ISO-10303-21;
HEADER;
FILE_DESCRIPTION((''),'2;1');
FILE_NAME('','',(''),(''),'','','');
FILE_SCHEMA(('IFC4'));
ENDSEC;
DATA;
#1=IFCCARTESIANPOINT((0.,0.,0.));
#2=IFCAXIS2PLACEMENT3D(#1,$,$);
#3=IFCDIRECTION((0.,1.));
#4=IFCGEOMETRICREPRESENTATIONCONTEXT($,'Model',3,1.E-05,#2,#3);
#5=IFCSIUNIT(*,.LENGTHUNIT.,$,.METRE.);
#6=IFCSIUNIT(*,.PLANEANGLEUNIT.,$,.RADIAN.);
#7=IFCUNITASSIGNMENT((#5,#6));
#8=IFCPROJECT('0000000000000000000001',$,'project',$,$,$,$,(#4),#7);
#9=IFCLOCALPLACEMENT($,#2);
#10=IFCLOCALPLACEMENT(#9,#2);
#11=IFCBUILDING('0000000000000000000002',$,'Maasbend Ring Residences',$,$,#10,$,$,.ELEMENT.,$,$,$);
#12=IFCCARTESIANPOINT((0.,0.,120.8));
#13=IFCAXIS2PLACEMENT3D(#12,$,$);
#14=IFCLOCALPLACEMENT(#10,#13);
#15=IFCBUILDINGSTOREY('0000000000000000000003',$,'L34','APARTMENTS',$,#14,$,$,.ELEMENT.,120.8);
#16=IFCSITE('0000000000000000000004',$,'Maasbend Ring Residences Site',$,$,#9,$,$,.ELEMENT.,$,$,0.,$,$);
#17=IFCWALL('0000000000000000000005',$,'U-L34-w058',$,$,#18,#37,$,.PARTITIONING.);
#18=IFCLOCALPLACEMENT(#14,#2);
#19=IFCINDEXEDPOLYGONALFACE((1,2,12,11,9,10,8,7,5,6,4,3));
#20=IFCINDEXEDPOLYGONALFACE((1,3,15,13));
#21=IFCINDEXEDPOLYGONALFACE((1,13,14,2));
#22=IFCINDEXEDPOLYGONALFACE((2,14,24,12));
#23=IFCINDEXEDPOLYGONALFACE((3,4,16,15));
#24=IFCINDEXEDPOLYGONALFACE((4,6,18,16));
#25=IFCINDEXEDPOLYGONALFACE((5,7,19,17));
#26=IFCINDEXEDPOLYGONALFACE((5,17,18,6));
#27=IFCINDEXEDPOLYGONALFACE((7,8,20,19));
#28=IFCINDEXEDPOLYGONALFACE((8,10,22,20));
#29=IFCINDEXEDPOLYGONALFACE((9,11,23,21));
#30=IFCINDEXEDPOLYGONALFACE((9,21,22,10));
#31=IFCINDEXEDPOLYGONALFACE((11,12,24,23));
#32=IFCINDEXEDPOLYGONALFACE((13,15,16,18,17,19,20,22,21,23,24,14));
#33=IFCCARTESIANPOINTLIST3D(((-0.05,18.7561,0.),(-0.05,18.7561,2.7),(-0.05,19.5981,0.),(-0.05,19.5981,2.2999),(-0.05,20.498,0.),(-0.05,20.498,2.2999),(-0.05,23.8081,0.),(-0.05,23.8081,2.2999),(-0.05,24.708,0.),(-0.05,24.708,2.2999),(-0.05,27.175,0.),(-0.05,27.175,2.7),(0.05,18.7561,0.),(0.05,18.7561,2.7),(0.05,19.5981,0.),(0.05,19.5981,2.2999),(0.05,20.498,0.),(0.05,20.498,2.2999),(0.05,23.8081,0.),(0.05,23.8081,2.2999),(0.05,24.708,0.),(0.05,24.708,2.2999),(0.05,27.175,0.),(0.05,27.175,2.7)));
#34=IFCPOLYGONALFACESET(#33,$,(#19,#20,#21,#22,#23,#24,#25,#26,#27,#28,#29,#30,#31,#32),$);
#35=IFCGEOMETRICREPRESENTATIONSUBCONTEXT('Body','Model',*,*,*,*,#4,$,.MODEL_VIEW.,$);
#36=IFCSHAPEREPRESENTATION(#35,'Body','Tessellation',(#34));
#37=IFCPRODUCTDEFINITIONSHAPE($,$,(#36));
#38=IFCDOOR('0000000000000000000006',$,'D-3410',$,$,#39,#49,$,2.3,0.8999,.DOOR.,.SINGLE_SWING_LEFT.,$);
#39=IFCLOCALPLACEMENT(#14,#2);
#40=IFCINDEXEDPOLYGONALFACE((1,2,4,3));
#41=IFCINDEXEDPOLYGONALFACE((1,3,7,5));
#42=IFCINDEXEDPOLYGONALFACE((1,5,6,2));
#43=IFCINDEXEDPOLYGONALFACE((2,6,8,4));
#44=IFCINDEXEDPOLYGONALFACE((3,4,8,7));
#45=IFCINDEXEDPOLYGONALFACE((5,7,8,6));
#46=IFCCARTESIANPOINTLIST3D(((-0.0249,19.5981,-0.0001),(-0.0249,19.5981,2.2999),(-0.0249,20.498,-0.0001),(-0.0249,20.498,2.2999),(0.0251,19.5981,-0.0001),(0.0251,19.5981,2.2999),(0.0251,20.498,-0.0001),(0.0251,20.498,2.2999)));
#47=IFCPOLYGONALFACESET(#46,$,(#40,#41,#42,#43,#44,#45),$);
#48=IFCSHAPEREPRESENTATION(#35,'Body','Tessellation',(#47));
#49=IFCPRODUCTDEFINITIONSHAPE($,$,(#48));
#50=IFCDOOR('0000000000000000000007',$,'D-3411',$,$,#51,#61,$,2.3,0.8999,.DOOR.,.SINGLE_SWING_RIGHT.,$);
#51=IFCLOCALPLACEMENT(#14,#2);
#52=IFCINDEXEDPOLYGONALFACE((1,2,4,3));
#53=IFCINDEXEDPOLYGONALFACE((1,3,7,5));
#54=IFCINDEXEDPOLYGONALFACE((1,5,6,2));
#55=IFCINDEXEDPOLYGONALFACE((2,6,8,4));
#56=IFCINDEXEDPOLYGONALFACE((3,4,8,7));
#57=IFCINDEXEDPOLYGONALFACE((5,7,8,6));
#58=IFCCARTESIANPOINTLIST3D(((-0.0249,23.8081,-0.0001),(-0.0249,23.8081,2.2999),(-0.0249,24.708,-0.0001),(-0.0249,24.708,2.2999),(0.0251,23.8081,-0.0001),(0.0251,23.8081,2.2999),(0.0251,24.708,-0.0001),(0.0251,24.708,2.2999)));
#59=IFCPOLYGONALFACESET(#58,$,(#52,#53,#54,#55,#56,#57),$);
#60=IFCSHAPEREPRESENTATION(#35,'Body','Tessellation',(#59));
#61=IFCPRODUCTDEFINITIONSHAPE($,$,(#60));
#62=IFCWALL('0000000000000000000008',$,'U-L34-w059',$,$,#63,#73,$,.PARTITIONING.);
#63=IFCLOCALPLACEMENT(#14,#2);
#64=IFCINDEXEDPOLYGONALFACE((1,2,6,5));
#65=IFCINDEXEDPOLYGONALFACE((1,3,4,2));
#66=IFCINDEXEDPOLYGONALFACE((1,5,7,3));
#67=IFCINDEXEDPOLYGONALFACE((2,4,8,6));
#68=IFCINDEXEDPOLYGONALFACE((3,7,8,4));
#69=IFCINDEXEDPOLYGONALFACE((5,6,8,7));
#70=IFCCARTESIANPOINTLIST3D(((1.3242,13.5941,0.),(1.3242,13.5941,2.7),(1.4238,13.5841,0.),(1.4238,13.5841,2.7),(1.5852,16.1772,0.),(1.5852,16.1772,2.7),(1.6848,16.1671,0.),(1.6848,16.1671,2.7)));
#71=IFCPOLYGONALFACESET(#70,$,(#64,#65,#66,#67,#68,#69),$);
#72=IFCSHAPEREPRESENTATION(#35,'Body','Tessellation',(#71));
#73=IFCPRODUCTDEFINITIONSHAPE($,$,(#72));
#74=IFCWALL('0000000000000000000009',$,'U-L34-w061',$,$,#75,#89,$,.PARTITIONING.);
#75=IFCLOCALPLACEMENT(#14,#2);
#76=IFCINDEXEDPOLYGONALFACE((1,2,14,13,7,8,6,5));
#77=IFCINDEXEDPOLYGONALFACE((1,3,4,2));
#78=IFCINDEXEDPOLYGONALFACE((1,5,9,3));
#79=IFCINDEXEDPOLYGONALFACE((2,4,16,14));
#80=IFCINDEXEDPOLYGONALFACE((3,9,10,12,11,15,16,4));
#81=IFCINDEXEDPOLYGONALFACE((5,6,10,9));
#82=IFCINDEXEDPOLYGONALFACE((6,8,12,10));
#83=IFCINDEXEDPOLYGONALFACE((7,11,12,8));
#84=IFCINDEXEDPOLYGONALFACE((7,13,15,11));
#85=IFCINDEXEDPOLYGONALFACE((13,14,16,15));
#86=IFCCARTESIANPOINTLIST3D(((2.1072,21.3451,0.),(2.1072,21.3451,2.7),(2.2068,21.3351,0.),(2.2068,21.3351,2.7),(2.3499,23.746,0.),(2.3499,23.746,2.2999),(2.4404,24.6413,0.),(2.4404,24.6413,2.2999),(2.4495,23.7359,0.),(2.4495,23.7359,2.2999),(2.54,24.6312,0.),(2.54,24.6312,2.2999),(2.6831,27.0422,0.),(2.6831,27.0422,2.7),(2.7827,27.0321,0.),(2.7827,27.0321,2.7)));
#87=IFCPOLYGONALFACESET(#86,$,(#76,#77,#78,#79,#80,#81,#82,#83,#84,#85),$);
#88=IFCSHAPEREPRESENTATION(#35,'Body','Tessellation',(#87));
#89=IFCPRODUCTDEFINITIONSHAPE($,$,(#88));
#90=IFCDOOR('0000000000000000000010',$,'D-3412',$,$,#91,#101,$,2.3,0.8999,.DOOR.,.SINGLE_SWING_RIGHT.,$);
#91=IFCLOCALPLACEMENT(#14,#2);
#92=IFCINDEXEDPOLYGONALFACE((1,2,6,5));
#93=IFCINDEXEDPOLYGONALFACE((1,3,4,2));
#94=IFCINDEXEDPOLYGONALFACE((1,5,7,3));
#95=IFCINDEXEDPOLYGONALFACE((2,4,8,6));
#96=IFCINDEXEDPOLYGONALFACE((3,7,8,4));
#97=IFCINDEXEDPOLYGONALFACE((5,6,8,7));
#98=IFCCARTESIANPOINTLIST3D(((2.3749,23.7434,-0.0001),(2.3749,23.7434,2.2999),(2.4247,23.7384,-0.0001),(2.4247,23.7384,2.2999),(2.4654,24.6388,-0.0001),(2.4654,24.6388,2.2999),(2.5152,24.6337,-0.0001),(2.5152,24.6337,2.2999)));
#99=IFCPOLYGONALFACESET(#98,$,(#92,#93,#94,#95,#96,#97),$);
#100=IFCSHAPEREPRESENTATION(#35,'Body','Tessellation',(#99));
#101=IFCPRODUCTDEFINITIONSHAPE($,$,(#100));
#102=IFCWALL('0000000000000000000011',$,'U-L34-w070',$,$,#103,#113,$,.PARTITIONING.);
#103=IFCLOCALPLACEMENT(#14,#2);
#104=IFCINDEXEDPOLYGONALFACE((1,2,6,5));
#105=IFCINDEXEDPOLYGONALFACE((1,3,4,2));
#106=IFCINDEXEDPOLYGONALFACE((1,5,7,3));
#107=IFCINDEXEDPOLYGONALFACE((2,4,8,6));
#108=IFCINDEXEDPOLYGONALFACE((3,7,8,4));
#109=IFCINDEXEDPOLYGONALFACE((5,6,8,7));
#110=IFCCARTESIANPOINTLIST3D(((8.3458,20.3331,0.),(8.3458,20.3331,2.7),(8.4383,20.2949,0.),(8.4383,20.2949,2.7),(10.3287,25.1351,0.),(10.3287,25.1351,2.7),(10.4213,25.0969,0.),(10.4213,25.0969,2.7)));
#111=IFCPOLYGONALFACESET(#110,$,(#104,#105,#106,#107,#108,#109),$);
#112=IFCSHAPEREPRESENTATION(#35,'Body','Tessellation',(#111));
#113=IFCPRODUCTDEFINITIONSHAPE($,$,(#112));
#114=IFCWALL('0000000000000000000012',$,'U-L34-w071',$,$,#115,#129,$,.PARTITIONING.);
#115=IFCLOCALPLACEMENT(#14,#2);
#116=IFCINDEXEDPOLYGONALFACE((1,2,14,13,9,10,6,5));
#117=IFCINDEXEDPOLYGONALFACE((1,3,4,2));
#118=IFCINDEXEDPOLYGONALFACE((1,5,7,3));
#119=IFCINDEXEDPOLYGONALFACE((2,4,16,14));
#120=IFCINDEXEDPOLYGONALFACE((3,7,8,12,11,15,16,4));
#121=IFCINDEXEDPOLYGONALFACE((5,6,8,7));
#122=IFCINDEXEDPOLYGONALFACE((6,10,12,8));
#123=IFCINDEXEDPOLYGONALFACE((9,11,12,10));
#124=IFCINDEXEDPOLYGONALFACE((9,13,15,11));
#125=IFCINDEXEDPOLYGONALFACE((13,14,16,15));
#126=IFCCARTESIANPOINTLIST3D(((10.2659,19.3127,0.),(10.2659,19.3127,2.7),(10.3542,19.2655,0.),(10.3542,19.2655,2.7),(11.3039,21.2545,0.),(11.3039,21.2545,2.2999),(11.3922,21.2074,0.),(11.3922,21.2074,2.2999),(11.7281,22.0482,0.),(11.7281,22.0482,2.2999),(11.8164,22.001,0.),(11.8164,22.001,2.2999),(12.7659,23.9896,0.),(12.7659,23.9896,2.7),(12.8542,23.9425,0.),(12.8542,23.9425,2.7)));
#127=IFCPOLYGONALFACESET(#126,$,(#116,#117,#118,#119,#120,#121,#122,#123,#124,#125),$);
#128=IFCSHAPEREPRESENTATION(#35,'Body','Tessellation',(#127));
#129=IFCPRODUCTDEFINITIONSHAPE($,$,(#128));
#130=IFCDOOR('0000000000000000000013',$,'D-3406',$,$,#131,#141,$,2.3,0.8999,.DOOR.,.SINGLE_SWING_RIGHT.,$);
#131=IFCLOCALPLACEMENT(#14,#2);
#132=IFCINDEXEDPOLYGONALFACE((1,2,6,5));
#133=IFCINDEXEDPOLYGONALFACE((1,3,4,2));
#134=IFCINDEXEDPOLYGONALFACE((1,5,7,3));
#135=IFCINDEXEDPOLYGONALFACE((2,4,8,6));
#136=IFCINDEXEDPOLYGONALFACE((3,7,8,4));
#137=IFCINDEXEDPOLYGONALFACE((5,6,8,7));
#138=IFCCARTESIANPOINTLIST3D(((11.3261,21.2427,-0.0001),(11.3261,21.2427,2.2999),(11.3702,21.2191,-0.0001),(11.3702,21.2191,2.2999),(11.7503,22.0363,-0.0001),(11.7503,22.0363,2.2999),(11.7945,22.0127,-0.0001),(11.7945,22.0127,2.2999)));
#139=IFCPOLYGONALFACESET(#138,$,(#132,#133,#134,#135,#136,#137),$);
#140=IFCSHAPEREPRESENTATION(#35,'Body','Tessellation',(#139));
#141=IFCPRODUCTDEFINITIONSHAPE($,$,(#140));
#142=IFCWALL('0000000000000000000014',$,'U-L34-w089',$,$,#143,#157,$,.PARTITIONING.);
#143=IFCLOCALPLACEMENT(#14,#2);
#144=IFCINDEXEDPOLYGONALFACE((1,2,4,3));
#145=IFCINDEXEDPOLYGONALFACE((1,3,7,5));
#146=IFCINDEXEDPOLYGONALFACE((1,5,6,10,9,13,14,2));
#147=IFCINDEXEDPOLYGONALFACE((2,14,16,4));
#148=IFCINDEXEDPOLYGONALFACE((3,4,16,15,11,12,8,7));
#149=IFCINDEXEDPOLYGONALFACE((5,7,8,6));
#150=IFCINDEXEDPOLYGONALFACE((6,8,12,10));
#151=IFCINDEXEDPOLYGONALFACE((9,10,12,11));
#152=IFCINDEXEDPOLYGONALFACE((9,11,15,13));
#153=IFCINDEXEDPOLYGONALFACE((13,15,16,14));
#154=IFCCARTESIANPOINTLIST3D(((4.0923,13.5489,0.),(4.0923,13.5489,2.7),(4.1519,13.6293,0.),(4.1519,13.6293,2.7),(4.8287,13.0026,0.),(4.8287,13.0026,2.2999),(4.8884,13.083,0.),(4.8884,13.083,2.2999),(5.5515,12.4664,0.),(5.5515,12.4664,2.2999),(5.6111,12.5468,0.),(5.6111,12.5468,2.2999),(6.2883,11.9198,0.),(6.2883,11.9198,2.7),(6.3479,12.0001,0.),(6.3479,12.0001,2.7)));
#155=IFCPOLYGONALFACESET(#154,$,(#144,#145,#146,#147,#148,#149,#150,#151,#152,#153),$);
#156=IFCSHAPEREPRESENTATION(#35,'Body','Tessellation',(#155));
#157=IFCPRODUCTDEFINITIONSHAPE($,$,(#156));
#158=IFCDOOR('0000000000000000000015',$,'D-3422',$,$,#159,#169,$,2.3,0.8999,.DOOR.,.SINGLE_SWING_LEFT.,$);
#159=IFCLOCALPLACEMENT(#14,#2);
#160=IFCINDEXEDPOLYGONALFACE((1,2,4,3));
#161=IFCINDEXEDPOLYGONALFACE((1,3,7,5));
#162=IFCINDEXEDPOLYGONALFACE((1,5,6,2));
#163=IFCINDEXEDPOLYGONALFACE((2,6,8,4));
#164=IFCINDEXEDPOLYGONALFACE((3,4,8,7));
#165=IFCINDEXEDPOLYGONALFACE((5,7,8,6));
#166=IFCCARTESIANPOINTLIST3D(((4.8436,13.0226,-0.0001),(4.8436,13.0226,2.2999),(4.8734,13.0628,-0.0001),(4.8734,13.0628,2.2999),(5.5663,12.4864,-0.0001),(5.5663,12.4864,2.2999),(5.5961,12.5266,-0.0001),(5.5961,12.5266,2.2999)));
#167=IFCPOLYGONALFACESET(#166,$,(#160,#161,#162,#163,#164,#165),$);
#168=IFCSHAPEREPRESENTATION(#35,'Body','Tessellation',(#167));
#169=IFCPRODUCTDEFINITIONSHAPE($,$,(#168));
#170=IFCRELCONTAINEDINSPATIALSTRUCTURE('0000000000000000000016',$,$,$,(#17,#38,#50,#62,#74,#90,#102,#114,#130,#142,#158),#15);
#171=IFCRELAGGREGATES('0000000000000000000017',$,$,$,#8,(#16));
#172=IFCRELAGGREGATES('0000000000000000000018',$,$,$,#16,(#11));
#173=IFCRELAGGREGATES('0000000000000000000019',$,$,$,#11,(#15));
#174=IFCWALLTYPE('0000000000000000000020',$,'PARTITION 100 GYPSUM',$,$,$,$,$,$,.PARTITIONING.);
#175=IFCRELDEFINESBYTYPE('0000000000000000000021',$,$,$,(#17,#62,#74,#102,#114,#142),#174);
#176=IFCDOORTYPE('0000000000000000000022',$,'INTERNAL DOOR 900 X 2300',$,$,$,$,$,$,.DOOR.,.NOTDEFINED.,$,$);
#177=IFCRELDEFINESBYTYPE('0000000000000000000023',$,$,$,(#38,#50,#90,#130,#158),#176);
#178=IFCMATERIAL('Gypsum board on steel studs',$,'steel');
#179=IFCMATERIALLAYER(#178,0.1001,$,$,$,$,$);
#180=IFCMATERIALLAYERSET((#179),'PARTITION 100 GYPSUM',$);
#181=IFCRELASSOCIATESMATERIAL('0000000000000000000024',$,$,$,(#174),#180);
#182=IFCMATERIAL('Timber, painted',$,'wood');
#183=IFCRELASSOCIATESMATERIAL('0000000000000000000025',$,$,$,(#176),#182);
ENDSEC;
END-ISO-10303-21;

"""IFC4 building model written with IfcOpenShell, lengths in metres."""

from ifc_helpers import new_model, si_unit, direction, frame, frame_2d, origin, place, context, subcontext, project, spatial, rectangle, extrude, material, layer, layer_set, type_object, element, fill, save


model = new_model("IFC4")

# Units and contexts
model_context = context("Model", 3, precision=1e-05, world=origin(), true_north=direction((0.0, 1.0)))
body_context = subcontext(model_context, "Body", "Model", "MODEL_VIEW")
ifc_project = project(units=[si_unit("LENGTHUNIT", "METRE"), si_unit("PLANEANGLEUNIT", "RADIAN")], contexts=[model_context])

# Site, building, storey
site_placement = place(None, origin())
site = spatial("IfcSite", under=ifc_project, at=site_placement, Name="Maasbend Ring Residences Site", CompositionType="ELEMENT", RefElevation=0.0)
building_placement = place(site_placement, origin())
building = spatial("IfcBuilding", under=site, at=building_placement, Name="Maasbend Ring Residences", CompositionType="ELEMENT")
storey_placement = place(building_placement, frame((0.0, 0.0, 120.8)))
storey = spatial("IfcBuildingStorey", under=building, at=storey_placement, Name="L34", Description="APARTMENTS", CompositionType="ELEMENT", Elevation=120.8)

# Wall, openings, doors
ifc_material_1 = material(Name="Gypsum board on steel studs", Category="steel")
ifc_layer_1 = layer(ifc_material_1, 0.1001)
ifc_layer_set_1 = layer_set([ifc_layer_1], Name="PARTITION 100 GYPSUM")
wall_type_1 = type_object("IfcWallType", Name="PARTITION 100 GYPSUM", PredefinedType="PARTITIONING", material=ifc_layer_set_1)
wall_1_placement = place(storey_placement, frame((0.0, 18.7561, 0.0), z_axis=(0.0, 0.0, 1.0), x_axis=(0.0, 1.0, 0.0)))
wall_1 = element("IfcWall", 1, at=wall_1_placement, inside=storey, type_object=wall_type_1, Name="U-L34-w058", PredefinedType="PARTITIONING", context=body_context, shape_type="SweptSolid", body=[
    extrude(rectangle(XDim=8.4189, YDim=0.1001, at=frame_2d((4.2095, 0.0))), origin(), (0.0, 0.0, 1.0), 2.7),
])
opening_1_placement = place(wall_1_placement, frame((0.842, 0.0, 0.0)))
opening_1 = element("IfcOpeningElement", 2, at=opening_1_placement, cuts=wall_1, PredefinedType="OPENING", context=body_context, shape_type="SweptSolid", body=[
    extrude(rectangle(XDim=0.8999, YDim=2.3, at=frame_2d((0.45, 1.1499))), frame((0.0, 0.0601, 0.0), z_axis=(0.0, -1.0, 0.0), x_axis=(1.0, 0.0, 0.0)), (0.0, 0.0, 1.0), 0.1201),
])
opening_2_placement = place(wall_1_placement, frame((5.052, 0.0, 0.0)))
opening_2 = element("IfcOpeningElement", 3, at=opening_2_placement, cuts=wall_1, PredefinedType="OPENING", context=body_context, shape_type="SweptSolid", body=[
    extrude(rectangle(XDim=0.8999, YDim=2.3, at=frame_2d((0.45, 1.1499))), frame((0.0, 0.0601, 0.0), z_axis=(0.0, -1.0, 0.0), x_axis=(1.0, 0.0, 0.0)), (0.0, 0.0, 1.0), 0.1201),
])
ifc_material_2 = material(Name="Timber, painted", Category="wood")
door_type_1 = type_object("IfcDoorType", Name="INTERNAL DOOR 900 X 2300", OperationType="NOTDEFINED", PredefinedType="DOOR", material=ifc_material_2)
door_1_placement = place(opening_1_placement, origin())
door_1 = element("IfcDoor", 4, at=door_1_placement, inside=storey, type_object=door_type_1, Name="D-3410", OperationType="SINGLE_SWING_LEFT", OverallHeight=2.3, OverallWidth=0.8999, PredefinedType="DOOR", context=body_context, shape_type="SweptSolid", body=[
    extrude(rectangle(XDim=0.8999, YDim=2.3, at=frame_2d((0.45, 1.1499))), frame((0.0, 0.0249, 0.0), z_axis=(0.0, -1.0, 0.0), x_axis=(1.0, 0.0, 0.0)), (0.0, 0.0, 1.0), 0.05),
])
fill(opening_1, door_1)
door_2_placement = place(opening_2_placement, origin())
door_2 = element("IfcDoor", 5, at=door_2_placement, inside=storey, type_object=door_type_1, Name="D-3411", OperationType="SINGLE_SWING_RIGHT", OverallHeight=2.3, OverallWidth=0.8999, PredefinedType="DOOR", context=body_context, shape_type="SweptSolid", body=[
    extrude(rectangle(XDim=0.8999, YDim=2.3, at=frame_2d((0.45, 1.1499))), frame((0.0, 0.0249, 0.0), z_axis=(0.0, -1.0, 0.0), x_axis=(1.0, 0.0, 0.0)), (0.0, 0.0, 1.0), 0.05),
])
fill(opening_2, door_2)

# Wall
wall_2_placement = place(storey_placement, frame((1.374, 13.5891, 0.0), z_axis=(0.0, 0.0, 1.0), x_axis=(0.100528, 0.994934, 0.0)))
element("IfcWall", 6, at=wall_2_placement, inside=storey, type_object=wall_type_1, Name="U-L34-w059", PredefinedType="PARTITIONING", context=body_context, shape_type="SweptSolid", body=[
    extrude(rectangle(XDim=2.5962, YDim=0.1001, at=frame_2d((1.2981, 0.0))), origin(), (0.0, 0.0, 1.0), 2.7),
])

# Wall, opening, door
wall_3_placement = place(storey_placement, frame((2.157, 21.3401, 0.0), z_axis=(0.0, 0.0, 1.0), x_axis=(0.10058, 0.994929, 0.0)))
wall_3 = element("IfcWall", 7, at=wall_3_placement, inside=storey, type_object=wall_type_1, Name="U-L34-w061", PredefinedType="PARTITIONING", context=body_context, shape_type="SweptSolid", body=[
    extrude(rectangle(XDim=5.7261, YDim=0.1001, at=frame_2d((2.863, 0.0))), origin(), (0.0, 0.0, 1.0), 2.7),
])
opening_3_placement = place(wall_3_placement, frame((2.4131, 0.0, 0.0)))
opening_3 = element("IfcOpeningElement", 8, at=opening_3_placement, cuts=wall_3, PredefinedType="OPENING", context=body_context, shape_type="SweptSolid", body=[
    extrude(rectangle(XDim=0.8999, YDim=2.3, at=frame_2d((0.45, 1.1499))), frame((0.0, 0.0601, 0.0), z_axis=(0.0, -1.0, 0.0), x_axis=(1.0, 0.0, 0.0)), (0.0, 0.0, 1.0), 0.1201),
])
door_3_placement = place(opening_3_placement, origin())
door_3 = element("IfcDoor", 9, at=door_3_placement, inside=storey, type_object=door_type_1, Name="D-3412", OperationType="SINGLE_SWING_RIGHT", OverallHeight=2.3, OverallWidth=0.8999, PredefinedType="DOOR", context=body_context, shape_type="SweptSolid", body=[
    extrude(rectangle(XDim=0.8999, YDim=2.3, at=frame_2d((0.45, 1.1499))), frame((0.0, 0.0249, 0.0), z_axis=(0.0, -1.0, 0.0), x_axis=(1.0, 0.0, 0.0)), (0.0, 0.0, 1.0), 0.05),
])
fill(opening_3, door_3)

# Wall
wall_4_placement = place(storey_placement, frame((8.3921, 20.314, 0.0), z_axis=(0.0, 0.0, 1.0), x_axis=(0.381674, 0.924297, 0.0)))
element("IfcWall", 10, at=wall_4_placement, inside=storey, type_object=wall_type_1, Name="U-L34-w070", PredefinedType="PARTITIONING", context=body_context, shape_type="SweptSolid", body=[
    extrude(rectangle(XDim=5.1953, YDim=0.1001, at=frame_2d((2.5977, 0.0))), origin(), (0.0, 0.0, 1.0), 2.7),
])

# Walls, openings, doors
wall_5_placement = place(storey_placement, frame((10.3101, 19.2891, 0.0), z_axis=(0.0, 0.0, 1.0), x_axis=(0.47141, 0.881914, 0.0)))
wall_5 = element("IfcWall", 11, at=wall_5_placement, inside=storey, type_object=wall_type_1, Name="U-L34-w071", PredefinedType="PARTITIONING", context=body_context, shape_type="SweptSolid", body=[
    extrude(rectangle(XDim=5.3032, YDim=0.1001, at=frame_2d((2.6516, 0.0))), origin(), (0.0, 0.0, 1.0), 2.7),
])
opening_4_placement = place(wall_5_placement, frame((2.2019, 0.0, 0.0)))
opening_4 = element("IfcOpeningElement", 12, at=opening_4_placement, cuts=wall_5, PredefinedType="OPENING", context=body_context, shape_type="SweptSolid", body=[
    extrude(rectangle(XDim=0.8999, YDim=2.3, at=frame_2d((0.45, 1.1499))), frame((0.0, 0.0601, 0.0), z_axis=(0.0, -1.0, 0.0), x_axis=(1.0, 0.0, 0.0)), (0.0, 0.0, 1.0), 0.1201),
])
door_4_placement = place(opening_4_placement, origin())
door_4 = element("IfcDoor", 13, at=door_4_placement, inside=storey, type_object=door_type_1, Name="D-3406", OperationType="SINGLE_SWING_RIGHT", OverallHeight=2.3, OverallWidth=0.8999, PredefinedType="DOOR", context=body_context, shape_type="SweptSolid", body=[
    extrude(rectangle(XDim=0.8999, YDim=2.3, at=frame_2d((0.45, 1.1499))), frame((0.0, 0.0249, 0.0), z_axis=(0.0, -1.0, 0.0), x_axis=(1.0, 0.0, 0.0)), (0.0, 0.0, 1.0), 0.05),
])
fill(opening_4, door_4)
wall_6_placement = place(storey_placement, frame((4.1221, 13.5891, 0.0), z_axis=(0.0, 0.0, 1.0), x_axis=(0.803128, -0.595806, 0.0)))
wall_6 = element("IfcWall", 14, at=wall_6_placement, inside=storey, type_object=wall_type_1, Name="U-L34-w089", PredefinedType="PARTITIONING", context=body_context, shape_type="SweptSolid", body=[
    extrude(rectangle(XDim=2.7344, YDim=0.1001, at=frame_2d((1.3672, 0.0))), origin(), (0.0, 0.0, 1.0), 2.7),
])
opening_5_placement = place(wall_6_placement, frame((0.917, 0.0, 0.0)))
opening_5 = element("IfcOpeningElement", 15, at=opening_5_placement, cuts=wall_6, PredefinedType="OPENING", context=body_context, shape_type="SweptSolid", body=[
    extrude(rectangle(XDim=0.8999, YDim=2.3, at=frame_2d((0.45, 1.1499))), frame((0.0, 0.0601, 0.0), z_axis=(0.0, -1.0, 0.0), x_axis=(1.0, 0.0, 0.0)), (0.0, 0.0, 1.0), 0.1201),
])
door_5_placement = place(opening_5_placement, origin())
door_5 = element("IfcDoor", 16, at=door_5_placement, inside=storey, type_object=door_type_1, Name="D-3422", OperationType="SINGLE_SWING_LEFT", OverallHeight=2.3, OverallWidth=0.8999, PredefinedType="DOOR", context=body_context, shape_type="SweptSolid", body=[
    extrude(rectangle(XDim=0.8999, YDim=2.3, at=frame_2d((0.45, 1.1499))), frame((0.0, 0.0249, 0.0), z_axis=(0.0, -1.0, 0.0), x_axis=(1.0, 0.0, 0.0)), (0.0, 0.0, 1.0), 0.05),
])
fill(opening_5, door_5)

save(model, "model.ifc")
